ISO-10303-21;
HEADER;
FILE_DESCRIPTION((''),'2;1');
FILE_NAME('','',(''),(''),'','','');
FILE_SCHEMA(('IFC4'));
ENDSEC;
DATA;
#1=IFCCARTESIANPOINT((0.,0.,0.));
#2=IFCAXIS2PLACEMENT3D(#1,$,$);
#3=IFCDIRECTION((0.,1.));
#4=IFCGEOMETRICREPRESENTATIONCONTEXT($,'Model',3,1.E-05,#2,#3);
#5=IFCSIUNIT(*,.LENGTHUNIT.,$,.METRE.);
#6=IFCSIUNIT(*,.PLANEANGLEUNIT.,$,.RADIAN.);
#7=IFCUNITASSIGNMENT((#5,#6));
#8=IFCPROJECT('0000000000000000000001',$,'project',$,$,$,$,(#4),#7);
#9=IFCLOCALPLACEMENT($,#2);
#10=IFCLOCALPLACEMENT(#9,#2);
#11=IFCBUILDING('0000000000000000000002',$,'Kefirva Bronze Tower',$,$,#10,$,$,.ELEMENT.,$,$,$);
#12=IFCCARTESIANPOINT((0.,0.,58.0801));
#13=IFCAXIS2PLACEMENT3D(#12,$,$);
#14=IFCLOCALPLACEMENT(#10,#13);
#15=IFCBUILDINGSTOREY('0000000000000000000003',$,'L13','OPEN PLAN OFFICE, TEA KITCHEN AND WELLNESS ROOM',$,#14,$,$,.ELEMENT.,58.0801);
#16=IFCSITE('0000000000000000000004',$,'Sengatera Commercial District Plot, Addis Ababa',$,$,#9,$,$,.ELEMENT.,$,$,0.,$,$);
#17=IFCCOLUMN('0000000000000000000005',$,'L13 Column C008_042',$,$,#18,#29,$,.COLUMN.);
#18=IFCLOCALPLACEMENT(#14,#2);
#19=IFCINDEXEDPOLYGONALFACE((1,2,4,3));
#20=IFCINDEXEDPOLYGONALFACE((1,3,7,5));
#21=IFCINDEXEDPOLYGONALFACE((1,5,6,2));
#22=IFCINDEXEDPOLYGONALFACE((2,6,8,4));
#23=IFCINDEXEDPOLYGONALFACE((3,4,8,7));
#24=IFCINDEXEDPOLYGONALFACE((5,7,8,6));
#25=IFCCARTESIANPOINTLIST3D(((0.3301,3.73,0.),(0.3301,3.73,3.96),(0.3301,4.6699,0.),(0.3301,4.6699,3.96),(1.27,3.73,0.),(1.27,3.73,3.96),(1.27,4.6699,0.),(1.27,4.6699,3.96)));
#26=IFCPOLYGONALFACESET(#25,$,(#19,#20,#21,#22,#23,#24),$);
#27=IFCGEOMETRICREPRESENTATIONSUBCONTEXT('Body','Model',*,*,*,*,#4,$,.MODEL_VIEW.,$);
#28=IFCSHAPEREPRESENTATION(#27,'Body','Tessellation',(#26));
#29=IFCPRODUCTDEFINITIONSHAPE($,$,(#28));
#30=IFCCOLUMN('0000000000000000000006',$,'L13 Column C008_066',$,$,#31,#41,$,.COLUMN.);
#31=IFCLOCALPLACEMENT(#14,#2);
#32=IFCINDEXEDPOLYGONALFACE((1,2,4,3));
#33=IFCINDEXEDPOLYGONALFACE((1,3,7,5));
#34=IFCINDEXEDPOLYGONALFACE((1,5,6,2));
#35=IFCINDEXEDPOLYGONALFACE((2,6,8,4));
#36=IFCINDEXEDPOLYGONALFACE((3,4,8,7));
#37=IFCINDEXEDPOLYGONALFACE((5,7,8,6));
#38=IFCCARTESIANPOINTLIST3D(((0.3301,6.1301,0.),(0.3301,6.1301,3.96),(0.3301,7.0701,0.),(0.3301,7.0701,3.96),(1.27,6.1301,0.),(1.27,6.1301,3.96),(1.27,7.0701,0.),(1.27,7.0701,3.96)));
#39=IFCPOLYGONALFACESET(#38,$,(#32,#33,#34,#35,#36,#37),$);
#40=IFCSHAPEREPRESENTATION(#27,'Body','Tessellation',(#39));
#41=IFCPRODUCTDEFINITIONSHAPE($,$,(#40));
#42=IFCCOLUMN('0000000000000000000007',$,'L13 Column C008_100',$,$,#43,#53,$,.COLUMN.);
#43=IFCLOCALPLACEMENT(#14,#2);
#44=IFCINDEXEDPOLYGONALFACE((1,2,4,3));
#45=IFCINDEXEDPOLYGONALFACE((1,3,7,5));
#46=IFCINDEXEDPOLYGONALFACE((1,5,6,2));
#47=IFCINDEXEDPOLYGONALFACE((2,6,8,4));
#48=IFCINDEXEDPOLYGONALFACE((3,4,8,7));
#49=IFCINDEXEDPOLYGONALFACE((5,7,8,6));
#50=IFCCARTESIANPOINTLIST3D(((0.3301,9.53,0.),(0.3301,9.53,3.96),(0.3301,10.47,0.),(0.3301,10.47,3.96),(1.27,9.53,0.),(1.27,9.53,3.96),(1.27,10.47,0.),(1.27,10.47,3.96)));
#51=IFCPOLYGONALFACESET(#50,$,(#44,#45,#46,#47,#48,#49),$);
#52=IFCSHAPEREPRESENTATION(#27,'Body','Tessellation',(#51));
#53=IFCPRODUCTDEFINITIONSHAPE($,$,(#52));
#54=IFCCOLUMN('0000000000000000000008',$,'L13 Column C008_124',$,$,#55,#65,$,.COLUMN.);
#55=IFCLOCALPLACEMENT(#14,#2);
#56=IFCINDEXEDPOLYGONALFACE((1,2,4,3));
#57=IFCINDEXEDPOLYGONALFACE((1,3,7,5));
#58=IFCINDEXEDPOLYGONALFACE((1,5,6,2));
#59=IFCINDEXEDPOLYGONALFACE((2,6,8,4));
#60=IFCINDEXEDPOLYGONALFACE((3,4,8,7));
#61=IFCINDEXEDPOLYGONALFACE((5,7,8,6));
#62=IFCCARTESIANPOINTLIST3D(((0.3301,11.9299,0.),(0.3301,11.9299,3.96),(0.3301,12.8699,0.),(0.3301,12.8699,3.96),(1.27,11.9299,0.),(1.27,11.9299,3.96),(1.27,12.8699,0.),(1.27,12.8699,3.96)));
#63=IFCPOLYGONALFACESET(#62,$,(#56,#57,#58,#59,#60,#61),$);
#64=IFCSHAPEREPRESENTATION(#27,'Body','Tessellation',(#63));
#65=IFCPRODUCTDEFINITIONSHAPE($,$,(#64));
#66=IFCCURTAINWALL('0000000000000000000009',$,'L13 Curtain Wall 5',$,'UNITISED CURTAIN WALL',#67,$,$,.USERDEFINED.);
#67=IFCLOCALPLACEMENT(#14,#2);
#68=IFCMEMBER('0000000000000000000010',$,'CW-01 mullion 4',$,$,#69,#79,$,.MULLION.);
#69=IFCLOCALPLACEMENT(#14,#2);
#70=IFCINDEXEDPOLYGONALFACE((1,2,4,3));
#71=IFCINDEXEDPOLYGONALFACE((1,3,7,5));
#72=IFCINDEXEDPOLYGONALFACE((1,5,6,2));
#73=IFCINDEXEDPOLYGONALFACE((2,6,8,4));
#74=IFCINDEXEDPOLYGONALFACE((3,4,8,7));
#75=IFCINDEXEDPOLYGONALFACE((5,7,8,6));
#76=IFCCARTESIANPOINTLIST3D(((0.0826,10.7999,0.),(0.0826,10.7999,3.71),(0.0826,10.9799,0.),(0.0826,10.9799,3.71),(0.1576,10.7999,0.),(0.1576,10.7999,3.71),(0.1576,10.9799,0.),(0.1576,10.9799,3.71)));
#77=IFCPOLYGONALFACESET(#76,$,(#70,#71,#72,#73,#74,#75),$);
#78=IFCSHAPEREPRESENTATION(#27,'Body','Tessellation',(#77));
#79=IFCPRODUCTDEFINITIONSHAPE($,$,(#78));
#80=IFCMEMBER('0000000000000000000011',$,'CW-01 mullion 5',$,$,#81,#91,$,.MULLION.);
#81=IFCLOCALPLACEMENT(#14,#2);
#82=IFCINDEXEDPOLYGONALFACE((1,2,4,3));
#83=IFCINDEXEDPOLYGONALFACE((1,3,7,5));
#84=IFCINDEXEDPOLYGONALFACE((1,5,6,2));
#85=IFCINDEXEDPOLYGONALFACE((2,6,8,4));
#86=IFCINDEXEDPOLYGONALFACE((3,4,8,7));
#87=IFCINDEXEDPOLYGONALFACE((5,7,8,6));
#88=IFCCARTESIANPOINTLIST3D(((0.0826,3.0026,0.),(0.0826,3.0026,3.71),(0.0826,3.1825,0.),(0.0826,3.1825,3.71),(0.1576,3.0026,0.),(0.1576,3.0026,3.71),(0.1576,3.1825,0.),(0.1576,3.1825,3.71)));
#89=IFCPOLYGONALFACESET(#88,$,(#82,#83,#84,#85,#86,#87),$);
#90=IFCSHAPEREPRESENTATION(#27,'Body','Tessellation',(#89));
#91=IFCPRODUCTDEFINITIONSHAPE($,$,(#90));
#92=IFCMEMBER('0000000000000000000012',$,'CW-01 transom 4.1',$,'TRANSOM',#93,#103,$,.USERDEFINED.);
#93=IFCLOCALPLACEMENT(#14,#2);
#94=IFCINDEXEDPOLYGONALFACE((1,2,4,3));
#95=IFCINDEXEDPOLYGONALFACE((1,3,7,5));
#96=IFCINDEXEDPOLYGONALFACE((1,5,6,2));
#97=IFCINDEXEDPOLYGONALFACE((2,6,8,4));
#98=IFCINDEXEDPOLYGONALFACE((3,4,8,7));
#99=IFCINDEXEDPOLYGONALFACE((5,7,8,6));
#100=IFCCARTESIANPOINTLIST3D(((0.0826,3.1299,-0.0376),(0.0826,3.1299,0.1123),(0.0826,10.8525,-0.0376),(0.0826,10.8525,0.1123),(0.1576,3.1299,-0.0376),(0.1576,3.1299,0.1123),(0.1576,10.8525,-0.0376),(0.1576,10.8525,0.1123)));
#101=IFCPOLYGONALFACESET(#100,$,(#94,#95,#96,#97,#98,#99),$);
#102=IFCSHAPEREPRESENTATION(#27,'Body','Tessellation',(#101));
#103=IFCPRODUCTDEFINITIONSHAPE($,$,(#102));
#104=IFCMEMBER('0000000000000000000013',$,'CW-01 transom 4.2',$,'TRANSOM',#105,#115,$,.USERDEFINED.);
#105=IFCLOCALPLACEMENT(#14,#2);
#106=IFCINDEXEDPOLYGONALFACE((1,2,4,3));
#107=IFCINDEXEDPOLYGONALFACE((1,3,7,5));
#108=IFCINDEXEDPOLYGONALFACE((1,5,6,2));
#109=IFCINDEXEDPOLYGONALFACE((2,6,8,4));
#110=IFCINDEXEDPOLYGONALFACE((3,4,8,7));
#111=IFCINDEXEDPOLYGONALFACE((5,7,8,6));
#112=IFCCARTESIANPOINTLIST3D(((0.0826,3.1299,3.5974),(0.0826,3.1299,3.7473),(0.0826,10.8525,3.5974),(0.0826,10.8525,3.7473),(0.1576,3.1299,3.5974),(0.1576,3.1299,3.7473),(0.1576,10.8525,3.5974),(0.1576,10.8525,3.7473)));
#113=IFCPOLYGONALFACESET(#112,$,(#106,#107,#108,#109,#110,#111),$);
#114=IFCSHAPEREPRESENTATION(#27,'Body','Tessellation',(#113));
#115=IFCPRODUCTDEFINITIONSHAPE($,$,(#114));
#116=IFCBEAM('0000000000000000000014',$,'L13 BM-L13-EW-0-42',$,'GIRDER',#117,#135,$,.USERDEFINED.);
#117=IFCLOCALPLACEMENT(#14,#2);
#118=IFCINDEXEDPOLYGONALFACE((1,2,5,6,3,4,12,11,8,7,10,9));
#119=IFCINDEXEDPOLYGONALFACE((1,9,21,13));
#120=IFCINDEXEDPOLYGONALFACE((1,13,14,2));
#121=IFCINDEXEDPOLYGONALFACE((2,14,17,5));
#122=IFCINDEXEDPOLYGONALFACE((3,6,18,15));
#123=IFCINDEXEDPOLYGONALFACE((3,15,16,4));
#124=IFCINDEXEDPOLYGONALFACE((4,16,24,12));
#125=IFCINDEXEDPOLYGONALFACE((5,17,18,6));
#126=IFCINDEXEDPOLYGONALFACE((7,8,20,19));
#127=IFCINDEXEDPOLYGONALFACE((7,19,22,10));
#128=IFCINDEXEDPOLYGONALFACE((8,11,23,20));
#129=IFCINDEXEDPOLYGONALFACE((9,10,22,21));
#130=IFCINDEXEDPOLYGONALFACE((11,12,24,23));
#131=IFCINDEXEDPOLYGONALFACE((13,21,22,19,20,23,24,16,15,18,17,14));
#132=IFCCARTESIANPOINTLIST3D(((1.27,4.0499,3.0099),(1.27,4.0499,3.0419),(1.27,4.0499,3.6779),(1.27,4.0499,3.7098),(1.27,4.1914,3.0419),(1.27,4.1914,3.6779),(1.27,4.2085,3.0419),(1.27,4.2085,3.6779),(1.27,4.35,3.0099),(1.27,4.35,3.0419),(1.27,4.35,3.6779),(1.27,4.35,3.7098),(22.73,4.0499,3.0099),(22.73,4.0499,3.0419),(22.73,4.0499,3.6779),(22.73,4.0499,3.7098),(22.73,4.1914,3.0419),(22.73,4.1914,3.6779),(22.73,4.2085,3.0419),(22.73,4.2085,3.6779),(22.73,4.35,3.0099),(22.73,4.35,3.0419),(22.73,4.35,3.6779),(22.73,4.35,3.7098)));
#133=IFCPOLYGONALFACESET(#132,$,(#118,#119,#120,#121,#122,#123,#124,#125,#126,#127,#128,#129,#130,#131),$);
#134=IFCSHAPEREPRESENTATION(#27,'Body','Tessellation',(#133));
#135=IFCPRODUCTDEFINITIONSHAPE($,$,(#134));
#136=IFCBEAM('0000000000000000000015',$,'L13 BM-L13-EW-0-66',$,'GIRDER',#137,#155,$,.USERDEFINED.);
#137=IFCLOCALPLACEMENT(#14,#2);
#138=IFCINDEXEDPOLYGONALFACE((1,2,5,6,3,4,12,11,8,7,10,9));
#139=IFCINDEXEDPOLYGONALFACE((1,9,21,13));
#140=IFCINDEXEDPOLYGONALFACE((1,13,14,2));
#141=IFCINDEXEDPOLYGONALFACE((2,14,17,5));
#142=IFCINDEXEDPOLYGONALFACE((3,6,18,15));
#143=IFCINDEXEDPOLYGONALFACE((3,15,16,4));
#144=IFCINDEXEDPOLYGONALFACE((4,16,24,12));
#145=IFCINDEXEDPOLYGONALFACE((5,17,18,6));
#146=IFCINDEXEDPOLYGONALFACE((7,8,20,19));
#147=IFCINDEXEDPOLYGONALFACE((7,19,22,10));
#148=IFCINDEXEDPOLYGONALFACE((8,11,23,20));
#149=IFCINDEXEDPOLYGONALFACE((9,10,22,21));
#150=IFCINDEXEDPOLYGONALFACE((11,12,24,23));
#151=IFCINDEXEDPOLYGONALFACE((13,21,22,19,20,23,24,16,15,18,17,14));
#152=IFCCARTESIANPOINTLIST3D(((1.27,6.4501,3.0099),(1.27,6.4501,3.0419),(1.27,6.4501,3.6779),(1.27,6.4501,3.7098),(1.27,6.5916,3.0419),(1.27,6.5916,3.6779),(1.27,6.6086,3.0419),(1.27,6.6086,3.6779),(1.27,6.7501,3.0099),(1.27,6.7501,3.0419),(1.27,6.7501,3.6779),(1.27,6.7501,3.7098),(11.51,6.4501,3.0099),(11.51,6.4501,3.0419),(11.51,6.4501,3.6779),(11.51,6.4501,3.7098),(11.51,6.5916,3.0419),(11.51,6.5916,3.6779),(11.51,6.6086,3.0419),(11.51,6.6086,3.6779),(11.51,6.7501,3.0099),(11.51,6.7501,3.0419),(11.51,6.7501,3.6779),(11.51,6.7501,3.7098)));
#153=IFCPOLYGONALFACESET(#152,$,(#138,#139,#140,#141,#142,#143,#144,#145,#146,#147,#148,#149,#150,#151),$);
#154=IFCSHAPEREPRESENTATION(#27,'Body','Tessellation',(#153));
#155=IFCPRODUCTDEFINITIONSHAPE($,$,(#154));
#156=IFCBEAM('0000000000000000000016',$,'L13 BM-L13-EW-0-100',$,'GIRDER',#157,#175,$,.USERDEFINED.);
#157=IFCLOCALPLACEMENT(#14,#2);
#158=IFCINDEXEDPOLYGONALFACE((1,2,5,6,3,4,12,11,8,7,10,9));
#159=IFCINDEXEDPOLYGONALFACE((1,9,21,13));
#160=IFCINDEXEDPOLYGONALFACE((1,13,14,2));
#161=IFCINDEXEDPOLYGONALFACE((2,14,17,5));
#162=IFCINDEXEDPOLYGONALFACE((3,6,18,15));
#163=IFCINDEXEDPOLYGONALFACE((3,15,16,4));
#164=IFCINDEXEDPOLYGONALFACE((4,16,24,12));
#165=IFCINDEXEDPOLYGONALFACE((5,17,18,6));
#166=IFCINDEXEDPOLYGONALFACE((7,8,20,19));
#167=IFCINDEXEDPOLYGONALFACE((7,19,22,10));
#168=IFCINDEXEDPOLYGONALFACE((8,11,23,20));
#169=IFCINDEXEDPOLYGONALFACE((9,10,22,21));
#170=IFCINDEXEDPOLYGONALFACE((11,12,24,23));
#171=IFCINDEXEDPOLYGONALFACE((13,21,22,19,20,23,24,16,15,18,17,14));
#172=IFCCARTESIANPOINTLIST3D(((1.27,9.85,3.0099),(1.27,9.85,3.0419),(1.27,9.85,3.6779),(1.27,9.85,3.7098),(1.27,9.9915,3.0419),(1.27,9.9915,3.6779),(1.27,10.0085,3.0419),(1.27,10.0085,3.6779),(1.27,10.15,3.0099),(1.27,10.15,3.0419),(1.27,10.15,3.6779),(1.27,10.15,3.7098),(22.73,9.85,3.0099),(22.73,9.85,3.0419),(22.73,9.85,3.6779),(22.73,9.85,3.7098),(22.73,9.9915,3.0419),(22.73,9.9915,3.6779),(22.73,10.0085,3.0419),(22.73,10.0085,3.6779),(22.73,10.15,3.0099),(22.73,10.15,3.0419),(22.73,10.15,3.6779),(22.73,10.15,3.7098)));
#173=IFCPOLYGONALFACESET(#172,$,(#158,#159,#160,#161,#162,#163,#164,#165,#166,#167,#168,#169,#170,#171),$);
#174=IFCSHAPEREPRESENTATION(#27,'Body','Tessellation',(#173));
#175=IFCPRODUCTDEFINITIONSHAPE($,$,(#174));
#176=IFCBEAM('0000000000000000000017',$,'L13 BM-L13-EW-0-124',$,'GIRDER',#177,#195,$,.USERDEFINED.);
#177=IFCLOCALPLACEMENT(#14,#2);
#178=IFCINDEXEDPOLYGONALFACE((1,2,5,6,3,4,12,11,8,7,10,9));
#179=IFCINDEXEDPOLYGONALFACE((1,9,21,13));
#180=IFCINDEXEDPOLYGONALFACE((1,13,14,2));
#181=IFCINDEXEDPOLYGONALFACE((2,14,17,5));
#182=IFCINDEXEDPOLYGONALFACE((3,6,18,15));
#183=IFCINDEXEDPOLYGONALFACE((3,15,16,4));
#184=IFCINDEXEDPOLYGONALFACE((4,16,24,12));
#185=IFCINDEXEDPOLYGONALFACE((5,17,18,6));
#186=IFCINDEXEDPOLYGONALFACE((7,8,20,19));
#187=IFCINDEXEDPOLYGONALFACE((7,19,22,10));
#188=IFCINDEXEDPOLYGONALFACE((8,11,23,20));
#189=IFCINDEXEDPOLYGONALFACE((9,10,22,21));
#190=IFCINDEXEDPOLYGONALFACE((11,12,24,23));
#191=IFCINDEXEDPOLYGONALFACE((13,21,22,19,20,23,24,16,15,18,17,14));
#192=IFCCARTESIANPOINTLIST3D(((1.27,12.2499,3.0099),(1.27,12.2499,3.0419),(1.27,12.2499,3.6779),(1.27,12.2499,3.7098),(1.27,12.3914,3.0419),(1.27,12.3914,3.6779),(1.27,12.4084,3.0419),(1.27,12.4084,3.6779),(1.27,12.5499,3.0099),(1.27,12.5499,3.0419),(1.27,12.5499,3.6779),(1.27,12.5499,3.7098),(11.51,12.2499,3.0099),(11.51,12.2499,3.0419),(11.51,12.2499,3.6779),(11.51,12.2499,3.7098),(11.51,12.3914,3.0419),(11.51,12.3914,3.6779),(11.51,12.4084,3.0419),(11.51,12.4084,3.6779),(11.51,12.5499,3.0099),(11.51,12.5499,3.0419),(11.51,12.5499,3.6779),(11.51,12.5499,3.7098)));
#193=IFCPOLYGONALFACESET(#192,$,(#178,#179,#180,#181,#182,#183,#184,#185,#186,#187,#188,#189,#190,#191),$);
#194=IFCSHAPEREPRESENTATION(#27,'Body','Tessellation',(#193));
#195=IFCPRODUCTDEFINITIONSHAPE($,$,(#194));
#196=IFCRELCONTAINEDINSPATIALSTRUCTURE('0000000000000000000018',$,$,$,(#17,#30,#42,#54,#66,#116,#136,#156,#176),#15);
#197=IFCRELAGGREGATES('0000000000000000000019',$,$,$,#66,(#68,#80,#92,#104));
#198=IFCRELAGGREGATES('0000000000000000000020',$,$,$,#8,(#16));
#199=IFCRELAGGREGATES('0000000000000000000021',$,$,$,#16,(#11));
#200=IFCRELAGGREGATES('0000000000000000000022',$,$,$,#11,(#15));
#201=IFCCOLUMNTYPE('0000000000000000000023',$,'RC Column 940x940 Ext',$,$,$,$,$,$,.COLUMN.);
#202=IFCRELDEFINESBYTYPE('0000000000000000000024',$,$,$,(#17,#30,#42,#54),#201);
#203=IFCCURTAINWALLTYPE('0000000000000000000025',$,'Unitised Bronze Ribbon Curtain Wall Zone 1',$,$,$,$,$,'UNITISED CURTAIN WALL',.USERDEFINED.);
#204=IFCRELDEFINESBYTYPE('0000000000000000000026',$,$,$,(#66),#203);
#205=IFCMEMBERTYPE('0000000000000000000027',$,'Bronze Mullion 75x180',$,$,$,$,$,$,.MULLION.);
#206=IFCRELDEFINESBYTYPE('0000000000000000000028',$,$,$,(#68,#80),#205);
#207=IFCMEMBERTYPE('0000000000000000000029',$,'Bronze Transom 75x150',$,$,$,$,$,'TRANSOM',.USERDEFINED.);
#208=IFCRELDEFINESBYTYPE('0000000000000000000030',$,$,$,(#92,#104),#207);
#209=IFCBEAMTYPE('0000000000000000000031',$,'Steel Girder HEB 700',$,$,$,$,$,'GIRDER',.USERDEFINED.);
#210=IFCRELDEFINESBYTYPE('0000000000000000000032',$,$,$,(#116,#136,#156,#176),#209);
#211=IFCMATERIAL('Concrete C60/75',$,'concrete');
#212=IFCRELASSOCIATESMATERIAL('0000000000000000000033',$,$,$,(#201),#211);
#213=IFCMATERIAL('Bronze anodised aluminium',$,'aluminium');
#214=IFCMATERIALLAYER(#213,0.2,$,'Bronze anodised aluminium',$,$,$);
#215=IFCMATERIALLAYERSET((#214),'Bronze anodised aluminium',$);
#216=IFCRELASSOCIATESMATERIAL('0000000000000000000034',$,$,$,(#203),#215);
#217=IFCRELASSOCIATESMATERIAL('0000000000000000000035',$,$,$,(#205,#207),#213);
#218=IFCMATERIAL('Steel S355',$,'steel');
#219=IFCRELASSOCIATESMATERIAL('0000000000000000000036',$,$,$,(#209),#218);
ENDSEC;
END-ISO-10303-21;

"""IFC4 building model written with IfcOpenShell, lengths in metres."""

from ifc_helpers import new_model, si_unit, direction, frame, origin, origin_2d, place, context, subcontext, project, spatial, rectangle, i_section, extrude, material, layer, layer_set, material_profile, profile_set, type_object, element, aggregate, save


model = new_model("IFC4")

# Units and contexts
model_context = context("Model", 3, precision=1e-05, world=origin(), true_north=direction((0.0, 1.0)))
body_context = subcontext(model_context, "Body", "Model", "MODEL_VIEW")
ifc_project = project(units=[si_unit("LENGTHUNIT", "METRE"), si_unit("PLANEANGLEUNIT", "RADIAN")], contexts=[model_context])

# Site, building, storey
site_placement = place(None, origin())
site = spatial("IfcSite", under=ifc_project, at=site_placement, Name="Sengatera Commercial District Plot, Addis Ababa", CompositionType="ELEMENT", RefElevation=0.0)
building_placement = place(site_placement, origin())
building = spatial("IfcBuilding", under=site, at=building_placement, Name="Kefirva Bronze Tower", CompositionType="ELEMENT")
storey_placement = place(building_placement, frame((0.0, 0.0, 58.0801)))
storey = spatial("IfcBuildingStorey", under=building, at=storey_placement, Name="L13", Description="OPEN PLAN OFFICE, TEA KITCHEN AND WELLNESS ROOM", CompositionType="ELEMENT", Elevation=58.0801)

# Columns
ifc_material_1 = material(Name="Concrete C60/75", Category="concrete")
ifc_material_profile_1 = material_profile(ifc_material_1, rectangle(XDim=0.9399, YDim=0.9399, at=origin_2d()), Name="RC 940x940")
ifc_profile_set_1 = profile_set([ifc_material_profile_1], Name="Concrete C60/75")
column_type = type_object("IfcColumnType", Name="RC Column 940x940 Ext", PredefinedType="COLUMN", material=ifc_profile_set_1)
for number, where, z_axis, x_axis, name in (
    (1, (0.8, 4.2, 0.0), (0.0, 0.0, 1.0), (1.0, 0.0, 0.0), "L13 Column C008_042"),
    (2, (0.8, 6.6001, 0.0), (0.0, 0.0, 1.0), (1.0, 0.0, 0.0), "L13 Column C008_066"),
    (3, (0.8, 10.0, 0.0), (0.0, 0.0, 1.0), (1.0, 0.0, 0.0), "L13 Column C008_100"),
    (4, (0.8, 12.3999, 0.0), (0.0, 0.0, 1.0), (1.0, 0.0, 0.0), "L13 Column C008_124"),
):
    element("IfcColumn", number, at=place(storey_placement, frame(where, z_axis=z_axis, x_axis=x_axis)), inside=storey, type_object=column_type, Name=name, PredefinedType="COLUMN", context=body_context, shape_type="SweptSolid", body=[
        extrude(rectangle(XDim=0.9399, YDim=0.9399, at=origin_2d()), origin(), (0.0, 0.0, 1.0), 3.96),
    ])

# Curtain wall, members
ifc_material_2 = material(Name="Bronze anodised aluminium", Category="aluminium")
ifc_layer_1 = layer(ifc_material_2, 0.2, Name="Bronze anodised aluminium")
ifc_layer_set_1 = layer_set([ifc_layer_1], Name="Bronze anodised aluminium")
curtain_wall_type = type_object("IfcCurtainWallType", Name="Unitised Bronze Ribbon Curtain Wall Zone 1", ElementType="UNITISED CURTAIN WALL", PredefinedType="USERDEFINED", material=ifc_layer_set_1)
curtain_wall_placement = place(storey_placement, origin())
curtain_wall = element("IfcCurtainWall", 5, at=curtain_wall_placement, inside=storey, type_object=curtain_wall_type, Name="L13 Curtain Wall 5", ObjectType="UNITISED CURTAIN WALL", PredefinedType="USERDEFINED")
ifc_material_profile_2 = material_profile(ifc_material_2, rectangle(XDim=0.075, YDim=0.1799, at=origin_2d()), Name="ALU 75x180")
ifc_profile_set_2 = profile_set([ifc_material_profile_2], Name="Bronze anodised aluminium")
member_type_1 = type_object("IfcMemberType", Name="Bronze Mullion 75x180", PredefinedType="MULLION", material=ifc_profile_set_2)
member_1_placement = place(storey_placement, frame((0.1201, 10.8899, 0.0), z_axis=(0.0, 0.0, 1.0), x_axis=(1.0, 0.0, 0.0)))
member_1 = element("IfcMember", 6, at=member_1_placement, type_object=member_type_1, Name="CW-01 mullion 4", PredefinedType="MULLION", context=body_context, shape_type="SweptSolid", body=[
    extrude(rectangle(XDim=0.075, YDim=0.1799, at=origin_2d()), origin(), (0.0, 0.0, 1.0), 3.71),
])
member_2_placement = place(storey_placement, frame((0.1201, 3.0925, 0.0), z_axis=(0.0, 0.0, 1.0), x_axis=(1.0, 0.0, 0.0)))
member_2 = element("IfcMember", 7, at=member_2_placement, type_object=member_type_1, Name="CW-01 mullion 5", PredefinedType="MULLION", context=body_context, shape_type="SweptSolid", body=[
    extrude(rectangle(XDim=0.075, YDim=0.1799, at=origin_2d()), origin(), (0.0, 0.0, 1.0), 3.71),
])
ifc_material_profile_3 = material_profile(ifc_material_2, rectangle(XDim=0.075, YDim=0.1499, at=origin_2d()), Name="ALU 75x150")
ifc_profile_set_3 = profile_set([ifc_material_profile_3], Name="Bronze anodised aluminium")
member_type_2 = type_object("IfcMemberType", Name="Bronze Transom 75x150", ElementType="TRANSOM", PredefinedType="USERDEFINED", material=ifc_profile_set_3)
member_3_placement = place(storey_placement, frame((0.1201, 10.8525, 0.0374), z_axis=(0.0, -1.0, 0.0), x_axis=(1.0, 0.0, 0.0)))
member_3 = element("IfcMember", 8, at=member_3_placement, type_object=member_type_2, Name="CW-01 transom 4.1", ObjectType="TRANSOM", PredefinedType="USERDEFINED", context=body_context, shape_type="SweptSolid", body=[
    extrude(rectangle(XDim=0.075, YDim=0.1499, at=origin_2d()), origin(), (0.0, 0.0, 1.0), 7.7227),
])
member_4_placement = place(storey_placement, frame((0.1201, 10.8525, 3.6724), z_axis=(0.0, -1.0, 0.0), x_axis=(1.0, 0.0, 0.0)))
member_4 = element("IfcMember", 9, at=member_4_placement, type_object=member_type_2, Name="CW-01 transom 4.2", ObjectType="TRANSOM", PredefinedType="USERDEFINED", context=body_context, shape_type="SweptSolid", body=[
    extrude(rectangle(XDim=0.075, YDim=0.1499, at=origin_2d()), origin(), (0.0, 0.0, 1.0), 7.7227),
])

# Beams
ifc_material_3 = material(Name="Steel S355", Category="steel")
ifc_material_profile_4 = material_profile(ifc_material_3, i_section(OverallWidth=0.3, OverallDepth=0.7, WebThickness=0.0171, FlangeThickness=0.032, at=origin_2d()), Name="HEB 700")
ifc_profile_set_4 = profile_set([ifc_material_profile_4], Name="Steel S355")
beam_type_1 = type_object("IfcBeamType", Name="Steel Girder HEB 700", ElementType="GIRDER", PredefinedType="USERDEFINED", material=ifc_profile_set_4)
beam_1_placement = place(storey_placement, frame((1.27, 4.2, 3.3599), z_axis=(1.0, 0.0, 0.0), x_axis=(0.0, 1.0, 0.0)))
element("IfcBeam", 10, at=beam_1_placement, inside=storey, type_object=beam_type_1, Name="L13 BM-L13-EW-0-42", ObjectType="GIRDER", PredefinedType="USERDEFINED", context=body_context, shape_type="SweptSolid", body=[
    extrude(i_section(OverallWidth=0.3, OverallDepth=0.7, WebThickness=0.0171, FlangeThickness=0.032, at=origin_2d()), origin(), (0.0, 0.0, 1.0), 21.46),
])
beam_2_placement = place(storey_placement, frame((1.27, 6.6001, 3.3599), z_axis=(1.0, 0.0, 0.0), x_axis=(0.0, 1.0, 0.0)))
element("IfcBeam", 11, at=beam_2_placement, inside=storey, type_object=beam_type_1, Name="L13 BM-L13-EW-0-66", ObjectType="GIRDER", PredefinedType="USERDEFINED", context=body_context, shape_type="SweptSolid", body=[
    extrude(i_section(OverallWidth=0.3, OverallDepth=0.7, WebThickness=0.0171, FlangeThickness=0.032, at=origin_2d()), origin(), (0.0, 0.0, 1.0), 10.24),
])
beam_3_placement = place(storey_placement, frame((1.27, 10.0, 3.3599), z_axis=(1.0, 0.0, 0.0), x_axis=(0.0, 1.0, 0.0)))
element("IfcBeam", 12, at=beam_3_placement, inside=storey, type_object=beam_type_1, Name="L13 BM-L13-EW-0-100", ObjectType="GIRDER", PredefinedType="USERDEFINED", context=body_context, shape_type="SweptSolid", body=[
    extrude(i_section(OverallWidth=0.3, OverallDepth=0.7, WebThickness=0.0171, FlangeThickness=0.032, at=origin_2d()), origin(), (0.0, 0.0, 1.0), 21.46),
])
beam_4_placement = place(storey_placement, frame((1.27, 12.3999, 3.3599), z_axis=(1.0, 0.0, 0.0), x_axis=(0.0, 1.0, 0.0)))
element("IfcBeam", 13, at=beam_4_placement, inside=storey, type_object=beam_type_1, Name="L13 BM-L13-EW-0-124", ObjectType="GIRDER", PredefinedType="USERDEFINED", context=body_context, shape_type="SweptSolid", body=[
    extrude(i_section(OverallWidth=0.3, OverallDepth=0.7, WebThickness=0.0171, FlangeThickness=0.032, at=origin_2d()), origin(), (0.0, 0.0, 1.0), 10.24),
])

aggregate(curtain_wall, [member_1, member_2, member_3, member_4])

save(model, "model.ifc")
